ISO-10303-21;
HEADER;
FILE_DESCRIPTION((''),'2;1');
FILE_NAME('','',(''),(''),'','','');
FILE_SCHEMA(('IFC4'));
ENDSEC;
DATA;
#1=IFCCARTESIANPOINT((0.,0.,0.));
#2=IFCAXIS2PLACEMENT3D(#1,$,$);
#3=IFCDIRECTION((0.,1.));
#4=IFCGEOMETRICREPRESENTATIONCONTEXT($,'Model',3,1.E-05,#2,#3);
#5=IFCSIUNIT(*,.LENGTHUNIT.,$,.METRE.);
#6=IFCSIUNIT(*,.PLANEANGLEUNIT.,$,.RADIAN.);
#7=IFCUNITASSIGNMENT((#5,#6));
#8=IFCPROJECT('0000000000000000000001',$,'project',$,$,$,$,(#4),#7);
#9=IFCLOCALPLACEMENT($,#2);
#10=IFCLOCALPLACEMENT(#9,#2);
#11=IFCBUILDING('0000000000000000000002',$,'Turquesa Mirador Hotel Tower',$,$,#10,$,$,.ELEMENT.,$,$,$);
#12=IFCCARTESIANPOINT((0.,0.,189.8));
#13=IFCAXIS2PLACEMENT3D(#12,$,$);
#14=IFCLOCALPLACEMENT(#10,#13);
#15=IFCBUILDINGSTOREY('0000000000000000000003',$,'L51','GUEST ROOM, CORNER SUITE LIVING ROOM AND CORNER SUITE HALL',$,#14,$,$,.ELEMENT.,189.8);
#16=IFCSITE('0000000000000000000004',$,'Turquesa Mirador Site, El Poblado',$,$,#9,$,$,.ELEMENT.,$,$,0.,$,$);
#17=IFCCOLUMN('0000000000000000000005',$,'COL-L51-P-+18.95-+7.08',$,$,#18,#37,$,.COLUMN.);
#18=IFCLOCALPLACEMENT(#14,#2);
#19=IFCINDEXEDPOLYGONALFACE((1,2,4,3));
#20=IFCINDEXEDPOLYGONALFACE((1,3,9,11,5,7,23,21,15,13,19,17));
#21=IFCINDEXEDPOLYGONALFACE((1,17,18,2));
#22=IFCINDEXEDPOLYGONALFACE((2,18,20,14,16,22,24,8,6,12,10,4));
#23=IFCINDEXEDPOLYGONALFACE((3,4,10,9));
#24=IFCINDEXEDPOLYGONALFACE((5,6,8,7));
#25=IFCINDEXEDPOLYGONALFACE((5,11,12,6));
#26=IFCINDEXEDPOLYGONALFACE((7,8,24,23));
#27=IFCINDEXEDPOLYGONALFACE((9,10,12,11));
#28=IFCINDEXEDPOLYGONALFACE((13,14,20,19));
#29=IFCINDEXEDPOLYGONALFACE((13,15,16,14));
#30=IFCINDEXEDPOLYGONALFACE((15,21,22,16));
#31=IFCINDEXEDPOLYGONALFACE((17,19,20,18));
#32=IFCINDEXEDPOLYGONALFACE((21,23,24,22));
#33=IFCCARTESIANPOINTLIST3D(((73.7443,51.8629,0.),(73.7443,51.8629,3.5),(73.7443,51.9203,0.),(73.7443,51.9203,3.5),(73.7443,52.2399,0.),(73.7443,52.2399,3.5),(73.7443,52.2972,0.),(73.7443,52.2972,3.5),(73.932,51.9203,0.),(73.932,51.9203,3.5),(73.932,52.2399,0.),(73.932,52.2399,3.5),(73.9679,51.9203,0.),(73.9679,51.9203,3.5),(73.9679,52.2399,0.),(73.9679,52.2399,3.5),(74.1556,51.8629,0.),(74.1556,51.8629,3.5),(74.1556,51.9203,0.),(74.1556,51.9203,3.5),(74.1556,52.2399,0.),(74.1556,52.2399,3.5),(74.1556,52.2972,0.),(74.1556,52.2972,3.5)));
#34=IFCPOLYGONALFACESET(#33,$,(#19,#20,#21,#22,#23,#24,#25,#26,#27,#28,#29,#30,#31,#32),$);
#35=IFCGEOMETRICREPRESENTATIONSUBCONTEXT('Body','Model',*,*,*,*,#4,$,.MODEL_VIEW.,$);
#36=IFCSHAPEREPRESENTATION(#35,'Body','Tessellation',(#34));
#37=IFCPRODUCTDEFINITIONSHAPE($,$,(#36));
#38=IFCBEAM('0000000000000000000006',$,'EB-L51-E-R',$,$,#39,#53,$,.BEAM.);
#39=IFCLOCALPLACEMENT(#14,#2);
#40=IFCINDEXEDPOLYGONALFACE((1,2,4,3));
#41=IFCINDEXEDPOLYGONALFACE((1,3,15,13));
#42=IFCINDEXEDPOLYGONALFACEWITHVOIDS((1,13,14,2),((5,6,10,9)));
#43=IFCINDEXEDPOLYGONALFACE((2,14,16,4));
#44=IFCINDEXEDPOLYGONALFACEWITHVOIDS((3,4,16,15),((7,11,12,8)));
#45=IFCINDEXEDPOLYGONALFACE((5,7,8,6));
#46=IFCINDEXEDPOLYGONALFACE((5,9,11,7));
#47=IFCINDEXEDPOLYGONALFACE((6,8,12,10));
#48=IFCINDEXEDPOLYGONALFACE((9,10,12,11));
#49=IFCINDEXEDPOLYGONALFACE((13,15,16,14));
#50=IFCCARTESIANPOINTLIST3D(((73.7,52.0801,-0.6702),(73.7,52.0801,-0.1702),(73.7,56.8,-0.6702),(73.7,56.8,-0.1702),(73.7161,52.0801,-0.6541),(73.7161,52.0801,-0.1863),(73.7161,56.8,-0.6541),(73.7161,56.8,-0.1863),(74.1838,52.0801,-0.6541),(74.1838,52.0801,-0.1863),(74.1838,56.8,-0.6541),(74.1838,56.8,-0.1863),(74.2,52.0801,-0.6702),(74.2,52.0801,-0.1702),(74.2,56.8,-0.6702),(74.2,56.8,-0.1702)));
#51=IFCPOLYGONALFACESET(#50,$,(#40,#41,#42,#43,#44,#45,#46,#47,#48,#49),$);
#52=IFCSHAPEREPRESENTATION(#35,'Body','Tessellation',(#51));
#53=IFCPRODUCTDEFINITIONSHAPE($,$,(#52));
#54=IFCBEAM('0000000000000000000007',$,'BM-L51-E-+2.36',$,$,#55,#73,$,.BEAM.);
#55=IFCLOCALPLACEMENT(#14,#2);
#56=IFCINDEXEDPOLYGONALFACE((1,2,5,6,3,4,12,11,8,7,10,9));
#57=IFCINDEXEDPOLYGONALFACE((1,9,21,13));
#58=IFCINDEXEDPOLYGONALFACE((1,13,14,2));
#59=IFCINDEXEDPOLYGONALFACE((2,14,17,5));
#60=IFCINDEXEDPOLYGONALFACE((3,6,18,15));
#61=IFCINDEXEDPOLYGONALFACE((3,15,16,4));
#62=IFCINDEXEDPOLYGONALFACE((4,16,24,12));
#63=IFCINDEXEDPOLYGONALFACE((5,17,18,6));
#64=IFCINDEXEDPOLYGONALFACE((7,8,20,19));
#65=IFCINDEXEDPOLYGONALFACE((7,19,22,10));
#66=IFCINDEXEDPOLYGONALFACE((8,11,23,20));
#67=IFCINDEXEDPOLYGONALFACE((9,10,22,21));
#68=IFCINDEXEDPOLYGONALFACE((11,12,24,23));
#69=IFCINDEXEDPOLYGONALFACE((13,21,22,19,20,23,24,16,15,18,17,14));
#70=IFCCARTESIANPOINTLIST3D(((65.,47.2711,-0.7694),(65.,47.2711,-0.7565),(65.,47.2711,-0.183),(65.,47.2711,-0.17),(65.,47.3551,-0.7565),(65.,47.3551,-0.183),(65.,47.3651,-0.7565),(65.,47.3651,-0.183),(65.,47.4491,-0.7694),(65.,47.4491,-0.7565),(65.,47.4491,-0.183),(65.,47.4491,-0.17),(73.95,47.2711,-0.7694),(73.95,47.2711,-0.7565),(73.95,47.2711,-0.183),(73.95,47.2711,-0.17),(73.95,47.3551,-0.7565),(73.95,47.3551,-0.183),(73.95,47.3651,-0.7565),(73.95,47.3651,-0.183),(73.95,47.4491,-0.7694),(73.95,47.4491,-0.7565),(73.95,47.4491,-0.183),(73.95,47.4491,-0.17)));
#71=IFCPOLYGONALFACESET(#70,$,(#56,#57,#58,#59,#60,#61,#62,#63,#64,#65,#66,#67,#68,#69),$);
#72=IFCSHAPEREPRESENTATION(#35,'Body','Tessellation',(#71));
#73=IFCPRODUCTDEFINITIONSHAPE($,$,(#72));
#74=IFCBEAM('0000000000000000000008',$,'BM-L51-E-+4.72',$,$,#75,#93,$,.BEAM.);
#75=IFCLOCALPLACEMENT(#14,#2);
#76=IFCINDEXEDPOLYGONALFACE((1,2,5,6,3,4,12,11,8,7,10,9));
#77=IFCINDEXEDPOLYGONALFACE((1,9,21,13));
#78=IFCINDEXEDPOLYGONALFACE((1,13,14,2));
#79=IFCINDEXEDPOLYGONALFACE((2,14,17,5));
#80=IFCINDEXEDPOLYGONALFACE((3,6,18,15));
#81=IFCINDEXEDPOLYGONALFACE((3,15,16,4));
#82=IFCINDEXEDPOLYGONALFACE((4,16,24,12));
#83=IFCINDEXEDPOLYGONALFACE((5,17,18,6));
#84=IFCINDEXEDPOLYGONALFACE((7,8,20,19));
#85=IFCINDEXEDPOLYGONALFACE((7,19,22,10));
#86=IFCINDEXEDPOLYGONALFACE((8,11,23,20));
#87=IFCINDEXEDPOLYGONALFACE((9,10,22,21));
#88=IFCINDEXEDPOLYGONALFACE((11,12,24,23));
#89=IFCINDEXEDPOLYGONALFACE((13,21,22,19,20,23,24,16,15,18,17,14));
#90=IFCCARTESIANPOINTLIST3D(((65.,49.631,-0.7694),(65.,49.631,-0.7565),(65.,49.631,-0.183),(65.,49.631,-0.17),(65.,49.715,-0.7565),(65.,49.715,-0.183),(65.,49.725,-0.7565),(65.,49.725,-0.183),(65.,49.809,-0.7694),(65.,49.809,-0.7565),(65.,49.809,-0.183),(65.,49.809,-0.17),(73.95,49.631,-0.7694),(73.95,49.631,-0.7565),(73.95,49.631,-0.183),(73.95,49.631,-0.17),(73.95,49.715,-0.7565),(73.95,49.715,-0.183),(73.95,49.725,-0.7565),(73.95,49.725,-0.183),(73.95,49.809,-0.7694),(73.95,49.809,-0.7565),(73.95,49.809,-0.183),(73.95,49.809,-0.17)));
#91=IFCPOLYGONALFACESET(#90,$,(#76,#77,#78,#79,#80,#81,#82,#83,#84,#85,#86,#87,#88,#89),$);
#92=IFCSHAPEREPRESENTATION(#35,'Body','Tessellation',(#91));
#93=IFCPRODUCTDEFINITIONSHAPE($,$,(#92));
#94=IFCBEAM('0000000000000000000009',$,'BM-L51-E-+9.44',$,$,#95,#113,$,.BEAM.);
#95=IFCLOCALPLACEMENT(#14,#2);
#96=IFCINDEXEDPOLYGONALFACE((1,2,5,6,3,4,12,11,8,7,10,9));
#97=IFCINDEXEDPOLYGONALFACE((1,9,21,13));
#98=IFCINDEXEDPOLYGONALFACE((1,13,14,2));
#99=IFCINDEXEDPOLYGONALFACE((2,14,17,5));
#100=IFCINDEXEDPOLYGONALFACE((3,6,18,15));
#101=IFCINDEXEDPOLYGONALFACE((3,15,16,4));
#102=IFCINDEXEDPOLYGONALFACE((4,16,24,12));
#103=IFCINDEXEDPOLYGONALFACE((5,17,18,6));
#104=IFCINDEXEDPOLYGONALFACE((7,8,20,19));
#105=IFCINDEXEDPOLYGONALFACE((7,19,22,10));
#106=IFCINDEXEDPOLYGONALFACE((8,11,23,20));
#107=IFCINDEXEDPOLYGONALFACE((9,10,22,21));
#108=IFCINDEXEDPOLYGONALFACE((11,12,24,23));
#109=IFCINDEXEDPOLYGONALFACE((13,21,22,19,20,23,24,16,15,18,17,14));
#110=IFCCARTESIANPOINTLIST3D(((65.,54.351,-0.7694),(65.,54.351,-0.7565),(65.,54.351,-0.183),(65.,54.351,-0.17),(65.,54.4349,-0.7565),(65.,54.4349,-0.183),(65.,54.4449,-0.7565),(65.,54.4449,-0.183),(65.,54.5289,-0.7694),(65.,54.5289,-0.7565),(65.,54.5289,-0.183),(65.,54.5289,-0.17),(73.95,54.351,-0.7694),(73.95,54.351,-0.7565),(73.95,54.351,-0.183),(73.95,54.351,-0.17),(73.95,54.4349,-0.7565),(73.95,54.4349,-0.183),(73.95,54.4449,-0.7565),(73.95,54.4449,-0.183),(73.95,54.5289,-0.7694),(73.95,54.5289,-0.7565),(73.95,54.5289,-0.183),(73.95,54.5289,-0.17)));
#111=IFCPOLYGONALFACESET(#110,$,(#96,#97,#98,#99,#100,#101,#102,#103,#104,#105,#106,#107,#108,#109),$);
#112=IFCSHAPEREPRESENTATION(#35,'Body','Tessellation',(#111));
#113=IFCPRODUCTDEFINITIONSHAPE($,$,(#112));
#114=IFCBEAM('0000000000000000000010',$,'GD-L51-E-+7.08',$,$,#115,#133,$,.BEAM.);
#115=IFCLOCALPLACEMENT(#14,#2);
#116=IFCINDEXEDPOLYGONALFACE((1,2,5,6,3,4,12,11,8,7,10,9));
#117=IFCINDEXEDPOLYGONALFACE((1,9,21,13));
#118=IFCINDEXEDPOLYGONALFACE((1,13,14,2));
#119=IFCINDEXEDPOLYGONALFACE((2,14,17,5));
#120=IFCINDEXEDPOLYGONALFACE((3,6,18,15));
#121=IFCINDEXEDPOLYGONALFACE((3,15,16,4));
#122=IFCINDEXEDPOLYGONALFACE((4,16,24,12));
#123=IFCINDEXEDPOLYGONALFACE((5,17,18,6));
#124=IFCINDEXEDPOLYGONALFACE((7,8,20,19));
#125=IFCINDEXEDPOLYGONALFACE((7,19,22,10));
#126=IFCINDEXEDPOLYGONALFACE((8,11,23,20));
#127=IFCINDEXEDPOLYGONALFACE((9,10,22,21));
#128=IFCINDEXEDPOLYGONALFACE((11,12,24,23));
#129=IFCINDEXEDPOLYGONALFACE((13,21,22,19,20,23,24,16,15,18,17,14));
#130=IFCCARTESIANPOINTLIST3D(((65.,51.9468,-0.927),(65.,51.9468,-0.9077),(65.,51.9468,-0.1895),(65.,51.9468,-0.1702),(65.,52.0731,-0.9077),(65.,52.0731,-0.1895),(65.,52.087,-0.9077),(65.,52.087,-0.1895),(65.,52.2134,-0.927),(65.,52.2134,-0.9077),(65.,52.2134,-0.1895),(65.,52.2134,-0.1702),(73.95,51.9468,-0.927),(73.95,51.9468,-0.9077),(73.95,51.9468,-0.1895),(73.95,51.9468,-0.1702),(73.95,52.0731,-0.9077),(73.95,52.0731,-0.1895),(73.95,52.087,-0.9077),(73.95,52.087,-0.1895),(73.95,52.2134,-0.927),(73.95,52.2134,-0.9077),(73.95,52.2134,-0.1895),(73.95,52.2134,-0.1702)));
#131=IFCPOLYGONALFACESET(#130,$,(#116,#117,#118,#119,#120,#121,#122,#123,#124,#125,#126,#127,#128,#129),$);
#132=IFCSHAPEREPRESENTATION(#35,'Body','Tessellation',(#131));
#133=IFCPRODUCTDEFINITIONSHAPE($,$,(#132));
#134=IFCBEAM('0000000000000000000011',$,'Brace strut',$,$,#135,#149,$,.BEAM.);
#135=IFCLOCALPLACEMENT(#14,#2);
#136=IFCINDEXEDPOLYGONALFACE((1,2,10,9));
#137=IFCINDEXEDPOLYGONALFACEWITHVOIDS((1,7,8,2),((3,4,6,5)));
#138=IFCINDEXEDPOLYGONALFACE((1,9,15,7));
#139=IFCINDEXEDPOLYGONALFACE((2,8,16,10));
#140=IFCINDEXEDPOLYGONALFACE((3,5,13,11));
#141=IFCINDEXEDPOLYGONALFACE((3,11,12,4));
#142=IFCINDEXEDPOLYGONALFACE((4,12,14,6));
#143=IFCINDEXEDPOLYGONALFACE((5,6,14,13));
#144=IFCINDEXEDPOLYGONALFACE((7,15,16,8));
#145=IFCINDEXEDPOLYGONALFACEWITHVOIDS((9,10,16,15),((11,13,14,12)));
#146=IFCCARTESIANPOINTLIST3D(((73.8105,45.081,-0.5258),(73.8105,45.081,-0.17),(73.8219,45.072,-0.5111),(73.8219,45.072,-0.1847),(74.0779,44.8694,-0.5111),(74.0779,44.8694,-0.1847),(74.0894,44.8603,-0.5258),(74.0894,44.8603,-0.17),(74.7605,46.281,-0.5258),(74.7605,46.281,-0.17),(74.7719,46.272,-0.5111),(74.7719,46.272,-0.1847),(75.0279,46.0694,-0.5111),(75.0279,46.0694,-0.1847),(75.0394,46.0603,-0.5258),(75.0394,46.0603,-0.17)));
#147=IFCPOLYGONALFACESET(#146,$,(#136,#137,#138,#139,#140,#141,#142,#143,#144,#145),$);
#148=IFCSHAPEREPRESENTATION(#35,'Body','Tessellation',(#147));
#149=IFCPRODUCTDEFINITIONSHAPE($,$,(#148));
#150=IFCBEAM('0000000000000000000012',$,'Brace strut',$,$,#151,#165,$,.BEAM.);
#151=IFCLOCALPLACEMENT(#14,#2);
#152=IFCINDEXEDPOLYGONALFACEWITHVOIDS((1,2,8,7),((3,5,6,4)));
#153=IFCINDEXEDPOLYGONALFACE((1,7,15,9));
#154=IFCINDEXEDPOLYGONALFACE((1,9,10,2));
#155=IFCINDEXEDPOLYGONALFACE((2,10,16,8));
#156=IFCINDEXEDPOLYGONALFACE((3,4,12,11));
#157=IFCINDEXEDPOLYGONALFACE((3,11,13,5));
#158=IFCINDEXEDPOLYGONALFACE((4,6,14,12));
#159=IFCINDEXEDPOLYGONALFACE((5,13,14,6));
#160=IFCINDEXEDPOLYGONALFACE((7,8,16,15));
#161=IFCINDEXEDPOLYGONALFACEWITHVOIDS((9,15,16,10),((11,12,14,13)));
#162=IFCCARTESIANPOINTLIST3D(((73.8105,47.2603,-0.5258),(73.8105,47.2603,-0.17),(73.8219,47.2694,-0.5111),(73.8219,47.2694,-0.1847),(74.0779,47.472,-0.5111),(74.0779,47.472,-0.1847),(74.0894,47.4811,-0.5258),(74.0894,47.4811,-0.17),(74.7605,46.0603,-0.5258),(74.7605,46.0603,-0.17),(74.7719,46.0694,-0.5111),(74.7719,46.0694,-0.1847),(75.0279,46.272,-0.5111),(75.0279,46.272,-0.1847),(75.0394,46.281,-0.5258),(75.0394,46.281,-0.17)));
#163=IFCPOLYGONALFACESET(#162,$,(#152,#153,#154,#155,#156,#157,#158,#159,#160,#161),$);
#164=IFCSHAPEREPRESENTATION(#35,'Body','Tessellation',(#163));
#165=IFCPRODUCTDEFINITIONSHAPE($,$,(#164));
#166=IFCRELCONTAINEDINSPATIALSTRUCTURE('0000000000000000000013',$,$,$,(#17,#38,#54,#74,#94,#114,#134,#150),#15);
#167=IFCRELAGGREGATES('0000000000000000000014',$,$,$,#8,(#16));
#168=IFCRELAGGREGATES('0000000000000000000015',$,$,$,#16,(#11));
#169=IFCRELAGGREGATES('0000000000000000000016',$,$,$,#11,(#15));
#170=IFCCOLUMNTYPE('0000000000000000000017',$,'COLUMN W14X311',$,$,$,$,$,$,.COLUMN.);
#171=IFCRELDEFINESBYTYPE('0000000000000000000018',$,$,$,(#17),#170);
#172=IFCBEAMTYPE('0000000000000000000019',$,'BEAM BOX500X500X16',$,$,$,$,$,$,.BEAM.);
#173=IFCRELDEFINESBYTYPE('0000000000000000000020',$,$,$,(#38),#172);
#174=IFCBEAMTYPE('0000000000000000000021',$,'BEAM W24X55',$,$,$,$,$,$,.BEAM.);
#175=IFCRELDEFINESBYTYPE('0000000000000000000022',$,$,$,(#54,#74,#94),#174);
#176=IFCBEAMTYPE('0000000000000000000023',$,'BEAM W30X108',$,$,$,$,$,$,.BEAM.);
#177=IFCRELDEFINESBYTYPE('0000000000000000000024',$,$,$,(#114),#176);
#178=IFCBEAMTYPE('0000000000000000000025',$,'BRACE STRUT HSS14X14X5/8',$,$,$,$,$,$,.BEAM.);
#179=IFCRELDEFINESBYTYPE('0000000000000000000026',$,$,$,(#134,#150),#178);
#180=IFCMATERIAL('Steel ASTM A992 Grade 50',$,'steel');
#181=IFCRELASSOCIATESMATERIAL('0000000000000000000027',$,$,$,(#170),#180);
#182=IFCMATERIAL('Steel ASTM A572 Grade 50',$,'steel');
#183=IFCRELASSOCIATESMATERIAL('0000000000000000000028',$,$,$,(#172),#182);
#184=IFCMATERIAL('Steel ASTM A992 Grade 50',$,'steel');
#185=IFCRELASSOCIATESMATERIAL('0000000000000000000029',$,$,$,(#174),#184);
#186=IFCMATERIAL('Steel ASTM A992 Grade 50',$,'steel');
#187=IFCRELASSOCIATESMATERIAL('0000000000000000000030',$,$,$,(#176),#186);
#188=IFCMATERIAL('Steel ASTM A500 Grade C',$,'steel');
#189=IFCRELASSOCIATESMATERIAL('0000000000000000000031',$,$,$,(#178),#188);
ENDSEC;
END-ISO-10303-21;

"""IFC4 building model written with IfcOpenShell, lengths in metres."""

from ifc_helpers import new_model, si_unit, direction, frame, origin, origin_2d, place, context, subcontext, project, spatial, hollow_rectangle, i_section, extrude, material, material_profile, profile_set, type_object, element, save


model = new_model("IFC4")

# Units and contexts
model_context = context("Model", 3, precision=1e-05, world=origin(), true_north=direction((0.0, 1.0)))
body_context = subcontext(model_context, "Body", "Model", "MODEL_VIEW")
ifc_project = project(units=[si_unit("LENGTHUNIT", "METRE"), si_unit("PLANEANGLEUNIT", "RADIAN")], contexts=[model_context])

# Site, building, storey
site_placement = place(None, origin())
site = spatial("IfcSite", under=ifc_project, at=site_placement, Name="Turquesa Mirador Site, El Poblado", CompositionType="ELEMENT", RefElevation=0.0)
building_placement = place(site_placement, origin())
building = spatial("IfcBuilding", under=site, at=building_placement, Name="Turquesa Mirador Hotel Tower", CompositionType="ELEMENT")
storey_placement = place(building_placement, frame((0.0, 0.0, 189.8)))
storey = spatial("IfcBuildingStorey", under=building, at=storey_placement, Name="L51", Description="GUEST ROOM, CORNER SUITE LIVING ROOM AND CORNER SUITE HALL", CompositionType="ELEMENT", Elevation=189.8)

# Column
ifc_material_1 = material(Name="Steel ASTM A992 Grade 50", Category="steel")
ifc_material_profile_1 = material_profile(ifc_material_1, i_section(OverallWidth=0.4114, OverallDepth=0.4343, WebThickness=0.0359, FlangeThickness=0.0574, at=origin_2d()), Name="W14X311")
ifc_profile_set_1 = profile_set([ifc_material_profile_1], Name="Steel ASTM A992 Grade 50")
column_type = type_object("IfcColumnType", Name="COLUMN W14X311", PredefinedType="COLUMN", material=ifc_profile_set_1)
column_placement = place(storey_placement, frame((73.95, 52.0801, 0.0), z_axis=(0.0, 0.0, 1.0), x_axis=(1.0, 0.0, 0.0)))
element("IfcColumn", 1, at=column_placement, inside=storey, type_object=column_type, Name="COL-L51-P-+18.95-+7.08", PredefinedType="COLUMN", context=body_context, shape_type="SweptSolid", body=[
    extrude(i_section(OverallWidth=0.4114, OverallDepth=0.4343, WebThickness=0.0359, FlangeThickness=0.0574, at=origin_2d()), origin(), (0.0, 0.0, 1.0), 3.5),
])

# Beams
ifc_material_2 = material(Name="Steel ASTM A572 Grade 50", Category="steel")
ifc_material_profile_2 = material_profile(ifc_material_2, hollow_rectangle(XDim=0.5, YDim=0.5, WallThickness=0.0161, at=origin_2d()), Name="BOX500X500X16")
ifc_profile_set_2 = profile_set([ifc_material_profile_2], Name="Steel ASTM A572 Grade 50")
beam_type_1 = type_object("IfcBeamType", Name="BEAM BOX500X500X16", PredefinedType="BEAM", material=ifc_profile_set_2)
beam_1_placement = place(storey_placement, frame((73.95, 52.0801, -0.4202), z_axis=(0.0, 1.0, 0.0), x_axis=(-1.0, 0.0, 0.0)))
element("IfcBeam", 2, at=beam_1_placement, inside=storey, type_object=beam_type_1, Name="EB-L51-E-R", PredefinedType="BEAM", context=body_context, shape_type="SweptSolid", body=[
    extrude(hollow_rectangle(XDim=0.5, YDim=0.5, WallThickness=0.0161, at=origin_2d()), origin(), (0.0, 0.0, 1.0), 4.72),
])
ifc_material_3 = material(Name="Steel ASTM A992 Grade 50", Category="steel")
ifc_material_profile_3 = material_profile(ifc_material_3, i_section(OverallWidth=0.178, OverallDepth=0.5994, WebThickness=0.01, FlangeThickness=0.0129, at=origin_2d()), Name="W24X55")
ifc_profile_set_3 = profile_set([ifc_material_profile_3], Name="Steel ASTM A992 Grade 50")
beam_type_2 = type_object("IfcBeamType", Name="BEAM W24X55", PredefinedType="BEAM", material=ifc_profile_set_3)
for number, where, z_axis, x_axis, name in (
    (3, (73.95, 47.3601, -0.4697), (-1.0, 0.0, 0.0), (0.0, -1.0, 0.0), "BM-L51-E-+2.36"),
    (4, (73.95, 49.72, -0.4697), (-1.0, 0.0, 0.0), (0.0, -1.0, 0.0), "BM-L51-E-+4.72"),
    (5, (73.95, 54.4399, -0.4697), (-1.0, 0.0, 0.0), (0.0, -1.0, 0.0), "BM-L51-E-+9.44"),
):
    element("IfcBeam", number, at=place(storey_placement, frame(where, z_axis=z_axis, x_axis=x_axis)), inside=storey, type_object=beam_type_2, Name=name, PredefinedType="BEAM", context=body_context, shape_type="SweptSolid", body=[
        extrude(i_section(OverallWidth=0.178, OverallDepth=0.5994, WebThickness=0.01, FlangeThickness=0.0129, at=origin_2d()), origin(), (0.0, 0.0, 1.0), 8.95),
    ])
ifc_material_4 = material(Name="Steel ASTM A992 Grade 50", Category="steel")
ifc_material_profile_4 = material_profile(ifc_material_4, i_section(OverallWidth=0.2666, OverallDepth=0.7568, WebThickness=0.0139, FlangeThickness=0.0193, at=origin_2d()), Name="W30X108")
ifc_profile_set_4 = profile_set([ifc_material_profile_4], Name="Steel ASTM A992 Grade 50")
beam_type_3 = type_object("IfcBeamType", Name="BEAM W30X108", PredefinedType="BEAM", material=ifc_profile_set_4)
beam_2_placement = place(storey_placement, frame((73.95, 52.0801, -0.5486), z_axis=(-1.0, 0.0, 0.0), x_axis=(0.0, -1.0, 0.0)))
element("IfcBeam", 6, at=beam_2_placement, inside=storey, type_object=beam_type_3, Name="GD-L51-E-+7.08", PredefinedType="BEAM", context=body_context, shape_type="SweptSolid", body=[
    extrude(i_section(OverallWidth=0.2666, OverallDepth=0.7568, WebThickness=0.0139, FlangeThickness=0.0193, at=origin_2d()), origin(), (0.0, 0.0, 1.0), 8.95),
])
ifc_material_5 = material(Name="Steel ASTM A500 Grade C", Category="steel")
ifc_material_profile_5 = material_profile(ifc_material_5, hollow_rectangle(XDim=0.3557, YDim=0.3557, WallThickness=0.0146, at=origin_2d()), Name="HSS14X14X5/8")
ifc_profile_set_5 = profile_set([ifc_material_profile_5], Name="Steel ASTM A500 Grade C")
beam_type_4 = type_object("IfcBeamType", Name="BRACE STRUT HSS14X14X5/8", PredefinedType="BEAM", material=ifc_profile_set_5)
for number, where, z_axis, x_axis, name in (
    (7, (74.8999, 46.1707, -0.3479), (-0.620699, -0.784049, 0.0), (0.784049, -0.620699, 0.0), "Brace strut"),
    (8, (74.8999, 46.1707, -0.3479), (-0.620699, 0.784049, 0.0), (-0.784049, -0.620699, 0.0), "Brace strut"),
):
    element("IfcBeam", number, at=place(storey_placement, frame(where, z_axis=z_axis, x_axis=x_axis)), inside=storey, type_object=beam_type_4, Name=name, PredefinedType="BEAM", context=body_context, shape_type="SweptSolid", body=[
        extrude(hollow_rectangle(XDim=0.3557, YDim=0.3557, WallThickness=0.0146, at=origin_2d()), origin(), (0.0, 0.0, 1.0), 1.5305),
    ])

save(model, "model.ifc")
